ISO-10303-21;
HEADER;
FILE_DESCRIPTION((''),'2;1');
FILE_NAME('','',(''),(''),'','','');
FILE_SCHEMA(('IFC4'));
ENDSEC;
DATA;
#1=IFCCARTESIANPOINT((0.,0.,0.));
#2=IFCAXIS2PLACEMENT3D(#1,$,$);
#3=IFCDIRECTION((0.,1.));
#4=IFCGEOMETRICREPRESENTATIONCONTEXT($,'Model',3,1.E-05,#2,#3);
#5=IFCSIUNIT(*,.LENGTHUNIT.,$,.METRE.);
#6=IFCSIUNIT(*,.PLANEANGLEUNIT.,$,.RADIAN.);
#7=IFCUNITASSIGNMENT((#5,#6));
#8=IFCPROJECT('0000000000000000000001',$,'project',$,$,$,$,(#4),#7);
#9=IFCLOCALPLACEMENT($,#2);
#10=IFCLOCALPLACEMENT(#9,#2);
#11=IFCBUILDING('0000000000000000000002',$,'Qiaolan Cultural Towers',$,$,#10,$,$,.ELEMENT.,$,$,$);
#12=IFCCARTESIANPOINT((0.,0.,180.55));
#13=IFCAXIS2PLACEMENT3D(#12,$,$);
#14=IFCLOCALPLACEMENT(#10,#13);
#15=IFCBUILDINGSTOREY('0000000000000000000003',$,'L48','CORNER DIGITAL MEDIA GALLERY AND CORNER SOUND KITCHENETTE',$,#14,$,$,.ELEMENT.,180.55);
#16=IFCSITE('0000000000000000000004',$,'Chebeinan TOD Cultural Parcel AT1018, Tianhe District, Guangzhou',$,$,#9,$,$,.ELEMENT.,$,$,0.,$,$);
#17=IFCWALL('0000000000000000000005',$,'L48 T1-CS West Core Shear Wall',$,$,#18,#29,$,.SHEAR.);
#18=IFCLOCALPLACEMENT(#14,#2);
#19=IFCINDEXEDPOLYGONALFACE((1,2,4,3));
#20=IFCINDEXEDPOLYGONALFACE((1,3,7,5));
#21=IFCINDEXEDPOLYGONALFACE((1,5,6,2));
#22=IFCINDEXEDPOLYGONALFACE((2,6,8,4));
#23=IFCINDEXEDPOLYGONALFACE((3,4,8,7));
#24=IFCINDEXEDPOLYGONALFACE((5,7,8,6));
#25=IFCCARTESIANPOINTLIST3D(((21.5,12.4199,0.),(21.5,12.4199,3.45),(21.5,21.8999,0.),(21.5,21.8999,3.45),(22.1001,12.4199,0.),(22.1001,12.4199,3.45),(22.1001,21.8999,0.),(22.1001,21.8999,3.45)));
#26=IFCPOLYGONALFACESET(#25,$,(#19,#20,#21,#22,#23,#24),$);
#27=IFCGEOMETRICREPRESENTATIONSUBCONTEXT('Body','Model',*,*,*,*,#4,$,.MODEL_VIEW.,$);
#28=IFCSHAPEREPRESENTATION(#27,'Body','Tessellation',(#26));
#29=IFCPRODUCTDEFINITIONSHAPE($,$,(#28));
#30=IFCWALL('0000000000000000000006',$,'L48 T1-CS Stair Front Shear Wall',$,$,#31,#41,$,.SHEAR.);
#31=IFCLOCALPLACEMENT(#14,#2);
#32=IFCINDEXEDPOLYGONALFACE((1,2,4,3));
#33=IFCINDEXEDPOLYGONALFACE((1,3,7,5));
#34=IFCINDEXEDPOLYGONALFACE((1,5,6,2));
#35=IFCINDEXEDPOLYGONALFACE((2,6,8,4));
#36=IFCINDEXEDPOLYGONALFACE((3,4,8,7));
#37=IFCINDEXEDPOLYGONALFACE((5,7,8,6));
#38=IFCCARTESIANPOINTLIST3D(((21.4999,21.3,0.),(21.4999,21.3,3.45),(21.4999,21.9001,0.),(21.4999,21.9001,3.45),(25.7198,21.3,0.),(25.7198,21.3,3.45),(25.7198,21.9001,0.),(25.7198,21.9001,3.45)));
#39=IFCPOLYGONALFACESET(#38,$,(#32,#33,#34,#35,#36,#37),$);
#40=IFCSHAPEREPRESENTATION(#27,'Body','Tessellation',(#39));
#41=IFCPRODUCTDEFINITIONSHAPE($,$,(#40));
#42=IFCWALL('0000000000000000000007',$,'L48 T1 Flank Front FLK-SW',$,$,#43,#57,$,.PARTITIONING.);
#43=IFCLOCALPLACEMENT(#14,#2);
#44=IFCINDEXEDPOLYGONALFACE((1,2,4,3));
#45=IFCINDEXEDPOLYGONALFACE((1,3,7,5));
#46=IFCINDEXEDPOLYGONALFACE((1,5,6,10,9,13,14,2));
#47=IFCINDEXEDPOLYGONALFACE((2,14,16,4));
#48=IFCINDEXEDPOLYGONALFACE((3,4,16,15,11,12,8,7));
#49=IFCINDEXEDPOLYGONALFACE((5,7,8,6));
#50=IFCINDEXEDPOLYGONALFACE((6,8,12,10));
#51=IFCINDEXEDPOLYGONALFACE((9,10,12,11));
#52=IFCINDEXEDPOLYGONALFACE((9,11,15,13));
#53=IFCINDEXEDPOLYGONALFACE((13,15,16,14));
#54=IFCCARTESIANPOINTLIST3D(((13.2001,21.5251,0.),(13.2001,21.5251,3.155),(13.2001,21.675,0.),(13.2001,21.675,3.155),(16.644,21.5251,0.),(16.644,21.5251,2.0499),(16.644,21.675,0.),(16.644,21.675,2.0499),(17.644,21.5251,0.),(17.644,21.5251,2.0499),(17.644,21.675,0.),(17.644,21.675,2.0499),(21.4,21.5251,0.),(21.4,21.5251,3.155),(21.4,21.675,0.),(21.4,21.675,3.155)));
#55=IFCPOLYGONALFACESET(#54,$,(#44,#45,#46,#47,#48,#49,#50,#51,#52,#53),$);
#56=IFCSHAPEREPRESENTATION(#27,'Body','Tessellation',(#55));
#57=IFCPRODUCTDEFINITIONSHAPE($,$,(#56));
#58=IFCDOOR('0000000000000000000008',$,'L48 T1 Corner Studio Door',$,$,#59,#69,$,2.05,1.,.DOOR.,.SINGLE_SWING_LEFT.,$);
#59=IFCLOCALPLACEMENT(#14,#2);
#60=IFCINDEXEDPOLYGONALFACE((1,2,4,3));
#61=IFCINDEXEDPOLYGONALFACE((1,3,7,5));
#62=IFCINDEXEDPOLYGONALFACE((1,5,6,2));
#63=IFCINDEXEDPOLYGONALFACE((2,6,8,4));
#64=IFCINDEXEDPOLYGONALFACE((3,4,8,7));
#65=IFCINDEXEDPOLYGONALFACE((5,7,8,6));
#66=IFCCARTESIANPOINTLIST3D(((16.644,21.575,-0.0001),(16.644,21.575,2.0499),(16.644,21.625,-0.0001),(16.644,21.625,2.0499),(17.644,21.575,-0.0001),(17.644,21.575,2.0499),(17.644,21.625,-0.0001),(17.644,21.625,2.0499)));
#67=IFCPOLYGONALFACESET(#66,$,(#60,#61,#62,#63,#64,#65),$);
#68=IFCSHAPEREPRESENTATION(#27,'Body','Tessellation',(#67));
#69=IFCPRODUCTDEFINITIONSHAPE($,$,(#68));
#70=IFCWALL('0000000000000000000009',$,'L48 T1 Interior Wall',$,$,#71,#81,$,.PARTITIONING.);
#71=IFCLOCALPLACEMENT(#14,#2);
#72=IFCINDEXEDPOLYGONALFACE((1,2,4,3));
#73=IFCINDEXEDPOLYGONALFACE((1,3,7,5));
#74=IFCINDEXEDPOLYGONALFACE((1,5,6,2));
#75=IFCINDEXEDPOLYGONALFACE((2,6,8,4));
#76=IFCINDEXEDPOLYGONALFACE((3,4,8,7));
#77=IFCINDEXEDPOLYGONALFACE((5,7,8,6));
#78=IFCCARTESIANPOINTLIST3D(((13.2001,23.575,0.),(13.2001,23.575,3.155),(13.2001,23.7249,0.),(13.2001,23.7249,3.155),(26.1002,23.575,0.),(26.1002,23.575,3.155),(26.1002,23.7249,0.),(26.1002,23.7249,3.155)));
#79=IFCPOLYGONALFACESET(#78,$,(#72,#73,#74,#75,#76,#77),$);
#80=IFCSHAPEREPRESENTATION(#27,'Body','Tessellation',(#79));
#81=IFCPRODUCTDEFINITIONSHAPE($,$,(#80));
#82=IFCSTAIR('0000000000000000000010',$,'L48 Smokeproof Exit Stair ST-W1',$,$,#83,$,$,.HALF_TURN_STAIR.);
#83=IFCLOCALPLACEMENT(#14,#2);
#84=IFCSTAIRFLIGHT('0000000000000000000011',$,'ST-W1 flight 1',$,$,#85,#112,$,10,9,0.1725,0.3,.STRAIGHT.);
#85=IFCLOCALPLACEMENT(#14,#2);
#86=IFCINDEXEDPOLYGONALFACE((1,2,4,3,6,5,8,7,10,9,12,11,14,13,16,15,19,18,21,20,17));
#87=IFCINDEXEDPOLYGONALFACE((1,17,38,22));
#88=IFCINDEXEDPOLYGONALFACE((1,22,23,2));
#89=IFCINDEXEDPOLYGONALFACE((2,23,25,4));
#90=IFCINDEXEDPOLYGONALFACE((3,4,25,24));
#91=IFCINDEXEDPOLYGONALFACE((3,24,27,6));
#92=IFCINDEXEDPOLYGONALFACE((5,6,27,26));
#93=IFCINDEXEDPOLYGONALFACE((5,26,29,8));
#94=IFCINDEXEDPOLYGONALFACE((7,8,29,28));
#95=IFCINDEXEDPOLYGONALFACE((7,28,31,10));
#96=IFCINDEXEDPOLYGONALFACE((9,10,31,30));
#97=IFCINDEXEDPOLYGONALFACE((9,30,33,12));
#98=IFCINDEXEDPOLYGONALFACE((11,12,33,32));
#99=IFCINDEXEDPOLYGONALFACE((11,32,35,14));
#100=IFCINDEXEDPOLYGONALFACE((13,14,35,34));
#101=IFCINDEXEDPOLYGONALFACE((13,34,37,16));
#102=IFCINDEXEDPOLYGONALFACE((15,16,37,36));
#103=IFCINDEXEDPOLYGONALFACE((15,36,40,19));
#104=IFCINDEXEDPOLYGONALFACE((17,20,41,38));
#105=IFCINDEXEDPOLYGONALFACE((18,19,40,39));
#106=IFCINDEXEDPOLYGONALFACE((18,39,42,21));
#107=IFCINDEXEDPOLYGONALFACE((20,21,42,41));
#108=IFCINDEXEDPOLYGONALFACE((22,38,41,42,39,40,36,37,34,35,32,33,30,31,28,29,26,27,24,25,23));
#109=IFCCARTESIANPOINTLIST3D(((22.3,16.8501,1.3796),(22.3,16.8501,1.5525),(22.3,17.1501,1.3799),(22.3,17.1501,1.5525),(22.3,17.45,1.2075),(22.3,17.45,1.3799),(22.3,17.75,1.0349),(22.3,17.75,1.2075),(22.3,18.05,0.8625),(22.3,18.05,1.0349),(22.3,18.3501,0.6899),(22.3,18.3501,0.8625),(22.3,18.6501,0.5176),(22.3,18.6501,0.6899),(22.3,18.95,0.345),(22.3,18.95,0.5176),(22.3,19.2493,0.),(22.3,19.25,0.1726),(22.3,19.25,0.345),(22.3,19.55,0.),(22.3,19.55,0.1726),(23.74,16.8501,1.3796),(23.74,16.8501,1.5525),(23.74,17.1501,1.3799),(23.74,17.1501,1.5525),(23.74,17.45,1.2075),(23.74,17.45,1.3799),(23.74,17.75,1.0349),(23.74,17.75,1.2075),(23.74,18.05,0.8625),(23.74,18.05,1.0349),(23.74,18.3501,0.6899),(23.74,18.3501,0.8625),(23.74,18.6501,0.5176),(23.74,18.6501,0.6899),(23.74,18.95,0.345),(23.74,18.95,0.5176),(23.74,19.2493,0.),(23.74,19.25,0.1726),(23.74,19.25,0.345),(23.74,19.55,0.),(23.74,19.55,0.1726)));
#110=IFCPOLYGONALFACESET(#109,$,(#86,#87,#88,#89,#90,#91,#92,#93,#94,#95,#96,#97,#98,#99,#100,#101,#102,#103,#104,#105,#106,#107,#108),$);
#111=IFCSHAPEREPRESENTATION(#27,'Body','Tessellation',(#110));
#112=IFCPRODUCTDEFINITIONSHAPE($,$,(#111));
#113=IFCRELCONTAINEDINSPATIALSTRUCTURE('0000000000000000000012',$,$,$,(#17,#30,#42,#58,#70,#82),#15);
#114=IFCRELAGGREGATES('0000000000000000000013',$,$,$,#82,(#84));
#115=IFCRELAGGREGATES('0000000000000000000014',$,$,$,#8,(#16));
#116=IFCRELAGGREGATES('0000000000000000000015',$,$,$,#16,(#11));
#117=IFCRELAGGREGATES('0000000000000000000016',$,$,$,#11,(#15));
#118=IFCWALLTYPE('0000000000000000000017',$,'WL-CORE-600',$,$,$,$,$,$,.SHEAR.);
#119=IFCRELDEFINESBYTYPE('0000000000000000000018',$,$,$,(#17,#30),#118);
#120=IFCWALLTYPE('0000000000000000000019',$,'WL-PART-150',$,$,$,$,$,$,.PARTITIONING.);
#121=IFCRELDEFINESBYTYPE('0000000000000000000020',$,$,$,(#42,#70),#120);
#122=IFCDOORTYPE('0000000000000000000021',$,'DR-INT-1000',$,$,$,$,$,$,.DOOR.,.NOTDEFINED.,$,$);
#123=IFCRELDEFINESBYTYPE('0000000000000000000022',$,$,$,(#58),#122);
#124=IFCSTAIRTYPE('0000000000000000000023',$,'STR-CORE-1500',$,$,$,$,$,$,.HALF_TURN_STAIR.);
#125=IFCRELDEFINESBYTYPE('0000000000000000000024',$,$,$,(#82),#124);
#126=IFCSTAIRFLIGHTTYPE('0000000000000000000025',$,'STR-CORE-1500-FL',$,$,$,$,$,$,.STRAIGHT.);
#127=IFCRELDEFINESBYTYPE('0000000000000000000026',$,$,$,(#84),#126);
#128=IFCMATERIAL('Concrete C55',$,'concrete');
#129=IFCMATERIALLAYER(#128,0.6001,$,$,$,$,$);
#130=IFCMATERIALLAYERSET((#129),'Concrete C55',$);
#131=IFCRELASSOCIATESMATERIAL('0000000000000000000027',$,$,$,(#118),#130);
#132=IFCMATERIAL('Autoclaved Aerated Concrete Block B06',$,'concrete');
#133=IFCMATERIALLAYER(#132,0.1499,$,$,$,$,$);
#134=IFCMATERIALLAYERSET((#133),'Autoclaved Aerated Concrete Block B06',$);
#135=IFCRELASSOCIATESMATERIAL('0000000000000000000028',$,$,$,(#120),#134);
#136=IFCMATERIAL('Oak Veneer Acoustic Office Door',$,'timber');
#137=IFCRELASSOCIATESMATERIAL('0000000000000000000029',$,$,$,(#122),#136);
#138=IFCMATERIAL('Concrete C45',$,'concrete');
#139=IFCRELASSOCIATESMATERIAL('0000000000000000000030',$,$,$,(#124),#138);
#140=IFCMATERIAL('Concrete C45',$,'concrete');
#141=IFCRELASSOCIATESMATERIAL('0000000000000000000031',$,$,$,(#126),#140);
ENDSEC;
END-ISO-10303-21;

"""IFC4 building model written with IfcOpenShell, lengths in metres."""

from ifc_helpers import new_model, si_unit, direction, frame, frame_2d, origin, place, context, subcontext, project, spatial, polyline, rectangle, outline, extrude, material, layer, layer_set, type_object, element, fill, aggregate, save


model = new_model("IFC4")

# Units and contexts
model_context = context("Model", 3, precision=1e-05, world=origin(), true_north=direction((0.0, 1.0)))
body_context = subcontext(model_context, "Body", "Model", "MODEL_VIEW")
ifc_project = project(units=[si_unit("LENGTHUNIT", "METRE"), si_unit("PLANEANGLEUNIT", "RADIAN")], contexts=[model_context])

# Site, building, storey
site_placement = place(None, origin())
site = spatial("IfcSite", under=ifc_project, at=site_placement, Name="Chebeinan TOD Cultural Parcel AT1018, Tianhe District, Guangzhou", CompositionType="ELEMENT", RefElevation=0.0)
building_placement = place(site_placement, origin())
building = spatial("IfcBuilding", under=site, at=building_placement, Name="Qiaolan Cultural Towers", CompositionType="ELEMENT")
storey_placement = place(building_placement, frame((0.0, 0.0, 180.55)))
storey = spatial("IfcBuildingStorey", under=building, at=storey_placement, Name="L48", Description="CORNER DIGITAL MEDIA GALLERY AND CORNER SOUND KITCHENETTE", CompositionType="ELEMENT", Elevation=180.55)

# Walls
ifc_material_1 = material(Name="Concrete C55", Category="concrete")
ifc_layer_1 = layer(ifc_material_1, 0.6001)
ifc_layer_set_1 = layer_set([ifc_layer_1], Name="Concrete C55")
wall_type_1 = type_object("IfcWallType", Name="WL-CORE-600", PredefinedType="SHEAR", material=ifc_layer_set_1)
wall_1_placement = place(storey_placement, frame((21.8, 21.8999, 0.0), z_axis=(0.0, 0.0, 1.0), x_axis=(0.0, -1.0, 0.0)))
element("IfcWall", 1, at=wall_1_placement, inside=storey, type_object=wall_type_1, Name="L48 T1-CS West Core Shear Wall", PredefinedType="SHEAR", context=body_context, shape_type="SweptSolid", body=[
    extrude(rectangle(XDim=9.48, YDim=0.6001, at=frame_2d((4.74, 0.0))), origin(), (0.0, 0.0, 1.0), 3.45),
])
wall_2_placement = place(storey_placement, frame((21.5, 21.6001, 0.0), z_axis=(0.0, 0.0, 1.0), x_axis=(1.0, 0.0, 0.0)))
element("IfcWall", 2, at=wall_2_placement, inside=storey, type_object=wall_type_1, Name="L48 T1-CS Stair Front Shear Wall", PredefinedType="SHEAR", context=body_context, shape_type="SweptSolid", body=[
    extrude(rectangle(XDim=4.22, YDim=0.6001, at=frame_2d((2.1099, 0.0))), origin(), (0.0, 0.0, 1.0), 3.45),
])

# Wall, opening, door
ifc_material_2 = material(Name="Autoclaved Aerated Concrete Block B06", Category="concrete")
ifc_layer_2 = layer(ifc_material_2, 0.1499)
ifc_layer_set_2 = layer_set([ifc_layer_2], Name="Autoclaved Aerated Concrete Block B06")
wall_type_2 = type_object("IfcWallType", Name="WL-PART-150", PredefinedType="PARTITIONING", material=ifc_layer_set_2)
wall_3_placement = place(storey_placement, frame((13.2, 21.6001, 0.0), z_axis=(0.0, 0.0, 1.0), x_axis=(1.0, 0.0, 0.0)))
wall_3 = element("IfcWall", 3, at=wall_3_placement, inside=storey, type_object=wall_type_2, Name="L48 T1 Flank Front FLK-SW", PredefinedType="PARTITIONING", context=body_context, shape_type="SweptSolid", body=[
    extrude(rectangle(XDim=8.2, YDim=0.1499, at=frame_2d((4.1001, 0.0))), origin(), (0.0, 0.0, 1.0), 3.155),
])
opening_placement = place(wall_3_placement, frame((3.4441, 0.0, 0.0)))
opening = element("IfcOpeningElement", 4, at=opening_placement, cuts=wall_3, PredefinedType="OPENING", context=body_context, shape_type="SweptSolid", body=[
    extrude(rectangle(XDim=1.0, YDim=2.05, at=frame_2d((0.5, 1.0249))), frame((0.0, 0.085, 0.0), z_axis=(0.0, -1.0, 0.0), x_axis=(1.0, 0.0, 0.0)), (0.0, 0.0, 1.0), 0.1699),
])
ifc_material_3 = material(Name="Oak Veneer Acoustic Office Door", Category="timber")
door_type = type_object("IfcDoorType", Name="DR-INT-1000", OperationType="NOTDEFINED", PredefinedType="DOOR", material=ifc_material_3)
door_placement = place(opening_placement, origin())
door = element("IfcDoor", 5, at=door_placement, inside=storey, type_object=door_type, Name="L48 T1 Corner Studio Door", OperationType="SINGLE_SWING_LEFT", OverallHeight=2.05, OverallWidth=1.0, PredefinedType="DOOR", context=body_context, shape_type="SweptSolid", body=[
    extrude(rectangle(XDim=1.0, YDim=2.05, at=frame_2d((0.5, 1.0249))), frame((0.0, 0.0249, 0.0), z_axis=(0.0, -1.0, 0.0), x_axis=(1.0, 0.0, 0.0)), (0.0, 0.0, 1.0), 0.05),
])
fill(opening, door)

# Wall
wall_4_placement = place(storey_placement, frame((13.2, 23.6499, 0.0), z_axis=(0.0, 0.0, 1.0), x_axis=(1.0, 0.0, 0.0)))
element("IfcWall", 6, at=wall_4_placement, inside=storey, type_object=wall_type_2, Name="L48 T1 Interior Wall", PredefinedType="PARTITIONING", context=body_context, shape_type="SweptSolid", body=[
    extrude(rectangle(XDim=12.9001, YDim=0.1499, at=frame_2d((6.4502, 0.0))), origin(), (0.0, 0.0, 1.0), 3.155),
])

# Stair, stair flight
ifc_material_4 = material(Name="Concrete C45", Category="concrete")
stair_type = type_object("IfcStairType", Name="STR-CORE-1500", PredefinedType="HALF_TURN_STAIR", material=ifc_material_4)
stair_placement = place(storey_placement, origin())
stair = element("IfcStair", 7, at=stair_placement, inside=storey, type_object=stair_type, Name="L48 Smokeproof Exit Stair ST-W1", PredefinedType="HALF_TURN_STAIR")
ifc_material_5 = material(Name="Concrete C45", Category="concrete")
stair_flight_type = type_object("IfcStairFlightType", Name="STR-CORE-1500-FL", PredefinedType="STRAIGHT", material=ifc_material_5)
stair_flight_placement = place(storey_placement, frame((23.02, 19.55, 0.0), z_axis=(0.0, 0.0, 1.0), x_axis=(0.0, -1.0, 0.0)))
stair_flight = element("IfcStairFlight", 8, at=stair_flight_placement, type_object=stair_flight_type, Name="ST-W1 flight 1", NumberOfRisers=10, NumberOfTreads=9, PredefinedType="STRAIGHT", RiserHeight=0.1725, TreadLength=0.3, context=body_context, shape_type="SweptSolid", body=[
    extrude(outline(polyline([(0.0, 0.0), (0.0, 0.1726), (0.3, 0.1726), (0.3, 0.345), (0.6001, 0.345), (0.6001, 0.5176), (0.8999, 0.5176), (0.8999, 0.6899), (1.2, 0.6899), (1.2, 0.8625), (1.5, 0.8625), (1.5, 1.0349), (1.8, 1.0349), (1.8, 1.2075), (2.1001, 1.2075), (2.1001, 1.3799), (2.3999, 1.3799), (2.3999, 1.5525), (2.7, 1.5525), (2.7, 1.7251), (2.7, 1.3796), (0.3008, 0.0), (0.0, 0.0)])), frame((0.0, 0.72, 0.0), z_axis=(0.0, -1.0, 0.0), x_axis=(1.0, 0.0, 0.0)), (0.0, 0.0, 1.0), 1.4399),
])
aggregate(stair, [stair_flight])

save(model, "model.ifc")
